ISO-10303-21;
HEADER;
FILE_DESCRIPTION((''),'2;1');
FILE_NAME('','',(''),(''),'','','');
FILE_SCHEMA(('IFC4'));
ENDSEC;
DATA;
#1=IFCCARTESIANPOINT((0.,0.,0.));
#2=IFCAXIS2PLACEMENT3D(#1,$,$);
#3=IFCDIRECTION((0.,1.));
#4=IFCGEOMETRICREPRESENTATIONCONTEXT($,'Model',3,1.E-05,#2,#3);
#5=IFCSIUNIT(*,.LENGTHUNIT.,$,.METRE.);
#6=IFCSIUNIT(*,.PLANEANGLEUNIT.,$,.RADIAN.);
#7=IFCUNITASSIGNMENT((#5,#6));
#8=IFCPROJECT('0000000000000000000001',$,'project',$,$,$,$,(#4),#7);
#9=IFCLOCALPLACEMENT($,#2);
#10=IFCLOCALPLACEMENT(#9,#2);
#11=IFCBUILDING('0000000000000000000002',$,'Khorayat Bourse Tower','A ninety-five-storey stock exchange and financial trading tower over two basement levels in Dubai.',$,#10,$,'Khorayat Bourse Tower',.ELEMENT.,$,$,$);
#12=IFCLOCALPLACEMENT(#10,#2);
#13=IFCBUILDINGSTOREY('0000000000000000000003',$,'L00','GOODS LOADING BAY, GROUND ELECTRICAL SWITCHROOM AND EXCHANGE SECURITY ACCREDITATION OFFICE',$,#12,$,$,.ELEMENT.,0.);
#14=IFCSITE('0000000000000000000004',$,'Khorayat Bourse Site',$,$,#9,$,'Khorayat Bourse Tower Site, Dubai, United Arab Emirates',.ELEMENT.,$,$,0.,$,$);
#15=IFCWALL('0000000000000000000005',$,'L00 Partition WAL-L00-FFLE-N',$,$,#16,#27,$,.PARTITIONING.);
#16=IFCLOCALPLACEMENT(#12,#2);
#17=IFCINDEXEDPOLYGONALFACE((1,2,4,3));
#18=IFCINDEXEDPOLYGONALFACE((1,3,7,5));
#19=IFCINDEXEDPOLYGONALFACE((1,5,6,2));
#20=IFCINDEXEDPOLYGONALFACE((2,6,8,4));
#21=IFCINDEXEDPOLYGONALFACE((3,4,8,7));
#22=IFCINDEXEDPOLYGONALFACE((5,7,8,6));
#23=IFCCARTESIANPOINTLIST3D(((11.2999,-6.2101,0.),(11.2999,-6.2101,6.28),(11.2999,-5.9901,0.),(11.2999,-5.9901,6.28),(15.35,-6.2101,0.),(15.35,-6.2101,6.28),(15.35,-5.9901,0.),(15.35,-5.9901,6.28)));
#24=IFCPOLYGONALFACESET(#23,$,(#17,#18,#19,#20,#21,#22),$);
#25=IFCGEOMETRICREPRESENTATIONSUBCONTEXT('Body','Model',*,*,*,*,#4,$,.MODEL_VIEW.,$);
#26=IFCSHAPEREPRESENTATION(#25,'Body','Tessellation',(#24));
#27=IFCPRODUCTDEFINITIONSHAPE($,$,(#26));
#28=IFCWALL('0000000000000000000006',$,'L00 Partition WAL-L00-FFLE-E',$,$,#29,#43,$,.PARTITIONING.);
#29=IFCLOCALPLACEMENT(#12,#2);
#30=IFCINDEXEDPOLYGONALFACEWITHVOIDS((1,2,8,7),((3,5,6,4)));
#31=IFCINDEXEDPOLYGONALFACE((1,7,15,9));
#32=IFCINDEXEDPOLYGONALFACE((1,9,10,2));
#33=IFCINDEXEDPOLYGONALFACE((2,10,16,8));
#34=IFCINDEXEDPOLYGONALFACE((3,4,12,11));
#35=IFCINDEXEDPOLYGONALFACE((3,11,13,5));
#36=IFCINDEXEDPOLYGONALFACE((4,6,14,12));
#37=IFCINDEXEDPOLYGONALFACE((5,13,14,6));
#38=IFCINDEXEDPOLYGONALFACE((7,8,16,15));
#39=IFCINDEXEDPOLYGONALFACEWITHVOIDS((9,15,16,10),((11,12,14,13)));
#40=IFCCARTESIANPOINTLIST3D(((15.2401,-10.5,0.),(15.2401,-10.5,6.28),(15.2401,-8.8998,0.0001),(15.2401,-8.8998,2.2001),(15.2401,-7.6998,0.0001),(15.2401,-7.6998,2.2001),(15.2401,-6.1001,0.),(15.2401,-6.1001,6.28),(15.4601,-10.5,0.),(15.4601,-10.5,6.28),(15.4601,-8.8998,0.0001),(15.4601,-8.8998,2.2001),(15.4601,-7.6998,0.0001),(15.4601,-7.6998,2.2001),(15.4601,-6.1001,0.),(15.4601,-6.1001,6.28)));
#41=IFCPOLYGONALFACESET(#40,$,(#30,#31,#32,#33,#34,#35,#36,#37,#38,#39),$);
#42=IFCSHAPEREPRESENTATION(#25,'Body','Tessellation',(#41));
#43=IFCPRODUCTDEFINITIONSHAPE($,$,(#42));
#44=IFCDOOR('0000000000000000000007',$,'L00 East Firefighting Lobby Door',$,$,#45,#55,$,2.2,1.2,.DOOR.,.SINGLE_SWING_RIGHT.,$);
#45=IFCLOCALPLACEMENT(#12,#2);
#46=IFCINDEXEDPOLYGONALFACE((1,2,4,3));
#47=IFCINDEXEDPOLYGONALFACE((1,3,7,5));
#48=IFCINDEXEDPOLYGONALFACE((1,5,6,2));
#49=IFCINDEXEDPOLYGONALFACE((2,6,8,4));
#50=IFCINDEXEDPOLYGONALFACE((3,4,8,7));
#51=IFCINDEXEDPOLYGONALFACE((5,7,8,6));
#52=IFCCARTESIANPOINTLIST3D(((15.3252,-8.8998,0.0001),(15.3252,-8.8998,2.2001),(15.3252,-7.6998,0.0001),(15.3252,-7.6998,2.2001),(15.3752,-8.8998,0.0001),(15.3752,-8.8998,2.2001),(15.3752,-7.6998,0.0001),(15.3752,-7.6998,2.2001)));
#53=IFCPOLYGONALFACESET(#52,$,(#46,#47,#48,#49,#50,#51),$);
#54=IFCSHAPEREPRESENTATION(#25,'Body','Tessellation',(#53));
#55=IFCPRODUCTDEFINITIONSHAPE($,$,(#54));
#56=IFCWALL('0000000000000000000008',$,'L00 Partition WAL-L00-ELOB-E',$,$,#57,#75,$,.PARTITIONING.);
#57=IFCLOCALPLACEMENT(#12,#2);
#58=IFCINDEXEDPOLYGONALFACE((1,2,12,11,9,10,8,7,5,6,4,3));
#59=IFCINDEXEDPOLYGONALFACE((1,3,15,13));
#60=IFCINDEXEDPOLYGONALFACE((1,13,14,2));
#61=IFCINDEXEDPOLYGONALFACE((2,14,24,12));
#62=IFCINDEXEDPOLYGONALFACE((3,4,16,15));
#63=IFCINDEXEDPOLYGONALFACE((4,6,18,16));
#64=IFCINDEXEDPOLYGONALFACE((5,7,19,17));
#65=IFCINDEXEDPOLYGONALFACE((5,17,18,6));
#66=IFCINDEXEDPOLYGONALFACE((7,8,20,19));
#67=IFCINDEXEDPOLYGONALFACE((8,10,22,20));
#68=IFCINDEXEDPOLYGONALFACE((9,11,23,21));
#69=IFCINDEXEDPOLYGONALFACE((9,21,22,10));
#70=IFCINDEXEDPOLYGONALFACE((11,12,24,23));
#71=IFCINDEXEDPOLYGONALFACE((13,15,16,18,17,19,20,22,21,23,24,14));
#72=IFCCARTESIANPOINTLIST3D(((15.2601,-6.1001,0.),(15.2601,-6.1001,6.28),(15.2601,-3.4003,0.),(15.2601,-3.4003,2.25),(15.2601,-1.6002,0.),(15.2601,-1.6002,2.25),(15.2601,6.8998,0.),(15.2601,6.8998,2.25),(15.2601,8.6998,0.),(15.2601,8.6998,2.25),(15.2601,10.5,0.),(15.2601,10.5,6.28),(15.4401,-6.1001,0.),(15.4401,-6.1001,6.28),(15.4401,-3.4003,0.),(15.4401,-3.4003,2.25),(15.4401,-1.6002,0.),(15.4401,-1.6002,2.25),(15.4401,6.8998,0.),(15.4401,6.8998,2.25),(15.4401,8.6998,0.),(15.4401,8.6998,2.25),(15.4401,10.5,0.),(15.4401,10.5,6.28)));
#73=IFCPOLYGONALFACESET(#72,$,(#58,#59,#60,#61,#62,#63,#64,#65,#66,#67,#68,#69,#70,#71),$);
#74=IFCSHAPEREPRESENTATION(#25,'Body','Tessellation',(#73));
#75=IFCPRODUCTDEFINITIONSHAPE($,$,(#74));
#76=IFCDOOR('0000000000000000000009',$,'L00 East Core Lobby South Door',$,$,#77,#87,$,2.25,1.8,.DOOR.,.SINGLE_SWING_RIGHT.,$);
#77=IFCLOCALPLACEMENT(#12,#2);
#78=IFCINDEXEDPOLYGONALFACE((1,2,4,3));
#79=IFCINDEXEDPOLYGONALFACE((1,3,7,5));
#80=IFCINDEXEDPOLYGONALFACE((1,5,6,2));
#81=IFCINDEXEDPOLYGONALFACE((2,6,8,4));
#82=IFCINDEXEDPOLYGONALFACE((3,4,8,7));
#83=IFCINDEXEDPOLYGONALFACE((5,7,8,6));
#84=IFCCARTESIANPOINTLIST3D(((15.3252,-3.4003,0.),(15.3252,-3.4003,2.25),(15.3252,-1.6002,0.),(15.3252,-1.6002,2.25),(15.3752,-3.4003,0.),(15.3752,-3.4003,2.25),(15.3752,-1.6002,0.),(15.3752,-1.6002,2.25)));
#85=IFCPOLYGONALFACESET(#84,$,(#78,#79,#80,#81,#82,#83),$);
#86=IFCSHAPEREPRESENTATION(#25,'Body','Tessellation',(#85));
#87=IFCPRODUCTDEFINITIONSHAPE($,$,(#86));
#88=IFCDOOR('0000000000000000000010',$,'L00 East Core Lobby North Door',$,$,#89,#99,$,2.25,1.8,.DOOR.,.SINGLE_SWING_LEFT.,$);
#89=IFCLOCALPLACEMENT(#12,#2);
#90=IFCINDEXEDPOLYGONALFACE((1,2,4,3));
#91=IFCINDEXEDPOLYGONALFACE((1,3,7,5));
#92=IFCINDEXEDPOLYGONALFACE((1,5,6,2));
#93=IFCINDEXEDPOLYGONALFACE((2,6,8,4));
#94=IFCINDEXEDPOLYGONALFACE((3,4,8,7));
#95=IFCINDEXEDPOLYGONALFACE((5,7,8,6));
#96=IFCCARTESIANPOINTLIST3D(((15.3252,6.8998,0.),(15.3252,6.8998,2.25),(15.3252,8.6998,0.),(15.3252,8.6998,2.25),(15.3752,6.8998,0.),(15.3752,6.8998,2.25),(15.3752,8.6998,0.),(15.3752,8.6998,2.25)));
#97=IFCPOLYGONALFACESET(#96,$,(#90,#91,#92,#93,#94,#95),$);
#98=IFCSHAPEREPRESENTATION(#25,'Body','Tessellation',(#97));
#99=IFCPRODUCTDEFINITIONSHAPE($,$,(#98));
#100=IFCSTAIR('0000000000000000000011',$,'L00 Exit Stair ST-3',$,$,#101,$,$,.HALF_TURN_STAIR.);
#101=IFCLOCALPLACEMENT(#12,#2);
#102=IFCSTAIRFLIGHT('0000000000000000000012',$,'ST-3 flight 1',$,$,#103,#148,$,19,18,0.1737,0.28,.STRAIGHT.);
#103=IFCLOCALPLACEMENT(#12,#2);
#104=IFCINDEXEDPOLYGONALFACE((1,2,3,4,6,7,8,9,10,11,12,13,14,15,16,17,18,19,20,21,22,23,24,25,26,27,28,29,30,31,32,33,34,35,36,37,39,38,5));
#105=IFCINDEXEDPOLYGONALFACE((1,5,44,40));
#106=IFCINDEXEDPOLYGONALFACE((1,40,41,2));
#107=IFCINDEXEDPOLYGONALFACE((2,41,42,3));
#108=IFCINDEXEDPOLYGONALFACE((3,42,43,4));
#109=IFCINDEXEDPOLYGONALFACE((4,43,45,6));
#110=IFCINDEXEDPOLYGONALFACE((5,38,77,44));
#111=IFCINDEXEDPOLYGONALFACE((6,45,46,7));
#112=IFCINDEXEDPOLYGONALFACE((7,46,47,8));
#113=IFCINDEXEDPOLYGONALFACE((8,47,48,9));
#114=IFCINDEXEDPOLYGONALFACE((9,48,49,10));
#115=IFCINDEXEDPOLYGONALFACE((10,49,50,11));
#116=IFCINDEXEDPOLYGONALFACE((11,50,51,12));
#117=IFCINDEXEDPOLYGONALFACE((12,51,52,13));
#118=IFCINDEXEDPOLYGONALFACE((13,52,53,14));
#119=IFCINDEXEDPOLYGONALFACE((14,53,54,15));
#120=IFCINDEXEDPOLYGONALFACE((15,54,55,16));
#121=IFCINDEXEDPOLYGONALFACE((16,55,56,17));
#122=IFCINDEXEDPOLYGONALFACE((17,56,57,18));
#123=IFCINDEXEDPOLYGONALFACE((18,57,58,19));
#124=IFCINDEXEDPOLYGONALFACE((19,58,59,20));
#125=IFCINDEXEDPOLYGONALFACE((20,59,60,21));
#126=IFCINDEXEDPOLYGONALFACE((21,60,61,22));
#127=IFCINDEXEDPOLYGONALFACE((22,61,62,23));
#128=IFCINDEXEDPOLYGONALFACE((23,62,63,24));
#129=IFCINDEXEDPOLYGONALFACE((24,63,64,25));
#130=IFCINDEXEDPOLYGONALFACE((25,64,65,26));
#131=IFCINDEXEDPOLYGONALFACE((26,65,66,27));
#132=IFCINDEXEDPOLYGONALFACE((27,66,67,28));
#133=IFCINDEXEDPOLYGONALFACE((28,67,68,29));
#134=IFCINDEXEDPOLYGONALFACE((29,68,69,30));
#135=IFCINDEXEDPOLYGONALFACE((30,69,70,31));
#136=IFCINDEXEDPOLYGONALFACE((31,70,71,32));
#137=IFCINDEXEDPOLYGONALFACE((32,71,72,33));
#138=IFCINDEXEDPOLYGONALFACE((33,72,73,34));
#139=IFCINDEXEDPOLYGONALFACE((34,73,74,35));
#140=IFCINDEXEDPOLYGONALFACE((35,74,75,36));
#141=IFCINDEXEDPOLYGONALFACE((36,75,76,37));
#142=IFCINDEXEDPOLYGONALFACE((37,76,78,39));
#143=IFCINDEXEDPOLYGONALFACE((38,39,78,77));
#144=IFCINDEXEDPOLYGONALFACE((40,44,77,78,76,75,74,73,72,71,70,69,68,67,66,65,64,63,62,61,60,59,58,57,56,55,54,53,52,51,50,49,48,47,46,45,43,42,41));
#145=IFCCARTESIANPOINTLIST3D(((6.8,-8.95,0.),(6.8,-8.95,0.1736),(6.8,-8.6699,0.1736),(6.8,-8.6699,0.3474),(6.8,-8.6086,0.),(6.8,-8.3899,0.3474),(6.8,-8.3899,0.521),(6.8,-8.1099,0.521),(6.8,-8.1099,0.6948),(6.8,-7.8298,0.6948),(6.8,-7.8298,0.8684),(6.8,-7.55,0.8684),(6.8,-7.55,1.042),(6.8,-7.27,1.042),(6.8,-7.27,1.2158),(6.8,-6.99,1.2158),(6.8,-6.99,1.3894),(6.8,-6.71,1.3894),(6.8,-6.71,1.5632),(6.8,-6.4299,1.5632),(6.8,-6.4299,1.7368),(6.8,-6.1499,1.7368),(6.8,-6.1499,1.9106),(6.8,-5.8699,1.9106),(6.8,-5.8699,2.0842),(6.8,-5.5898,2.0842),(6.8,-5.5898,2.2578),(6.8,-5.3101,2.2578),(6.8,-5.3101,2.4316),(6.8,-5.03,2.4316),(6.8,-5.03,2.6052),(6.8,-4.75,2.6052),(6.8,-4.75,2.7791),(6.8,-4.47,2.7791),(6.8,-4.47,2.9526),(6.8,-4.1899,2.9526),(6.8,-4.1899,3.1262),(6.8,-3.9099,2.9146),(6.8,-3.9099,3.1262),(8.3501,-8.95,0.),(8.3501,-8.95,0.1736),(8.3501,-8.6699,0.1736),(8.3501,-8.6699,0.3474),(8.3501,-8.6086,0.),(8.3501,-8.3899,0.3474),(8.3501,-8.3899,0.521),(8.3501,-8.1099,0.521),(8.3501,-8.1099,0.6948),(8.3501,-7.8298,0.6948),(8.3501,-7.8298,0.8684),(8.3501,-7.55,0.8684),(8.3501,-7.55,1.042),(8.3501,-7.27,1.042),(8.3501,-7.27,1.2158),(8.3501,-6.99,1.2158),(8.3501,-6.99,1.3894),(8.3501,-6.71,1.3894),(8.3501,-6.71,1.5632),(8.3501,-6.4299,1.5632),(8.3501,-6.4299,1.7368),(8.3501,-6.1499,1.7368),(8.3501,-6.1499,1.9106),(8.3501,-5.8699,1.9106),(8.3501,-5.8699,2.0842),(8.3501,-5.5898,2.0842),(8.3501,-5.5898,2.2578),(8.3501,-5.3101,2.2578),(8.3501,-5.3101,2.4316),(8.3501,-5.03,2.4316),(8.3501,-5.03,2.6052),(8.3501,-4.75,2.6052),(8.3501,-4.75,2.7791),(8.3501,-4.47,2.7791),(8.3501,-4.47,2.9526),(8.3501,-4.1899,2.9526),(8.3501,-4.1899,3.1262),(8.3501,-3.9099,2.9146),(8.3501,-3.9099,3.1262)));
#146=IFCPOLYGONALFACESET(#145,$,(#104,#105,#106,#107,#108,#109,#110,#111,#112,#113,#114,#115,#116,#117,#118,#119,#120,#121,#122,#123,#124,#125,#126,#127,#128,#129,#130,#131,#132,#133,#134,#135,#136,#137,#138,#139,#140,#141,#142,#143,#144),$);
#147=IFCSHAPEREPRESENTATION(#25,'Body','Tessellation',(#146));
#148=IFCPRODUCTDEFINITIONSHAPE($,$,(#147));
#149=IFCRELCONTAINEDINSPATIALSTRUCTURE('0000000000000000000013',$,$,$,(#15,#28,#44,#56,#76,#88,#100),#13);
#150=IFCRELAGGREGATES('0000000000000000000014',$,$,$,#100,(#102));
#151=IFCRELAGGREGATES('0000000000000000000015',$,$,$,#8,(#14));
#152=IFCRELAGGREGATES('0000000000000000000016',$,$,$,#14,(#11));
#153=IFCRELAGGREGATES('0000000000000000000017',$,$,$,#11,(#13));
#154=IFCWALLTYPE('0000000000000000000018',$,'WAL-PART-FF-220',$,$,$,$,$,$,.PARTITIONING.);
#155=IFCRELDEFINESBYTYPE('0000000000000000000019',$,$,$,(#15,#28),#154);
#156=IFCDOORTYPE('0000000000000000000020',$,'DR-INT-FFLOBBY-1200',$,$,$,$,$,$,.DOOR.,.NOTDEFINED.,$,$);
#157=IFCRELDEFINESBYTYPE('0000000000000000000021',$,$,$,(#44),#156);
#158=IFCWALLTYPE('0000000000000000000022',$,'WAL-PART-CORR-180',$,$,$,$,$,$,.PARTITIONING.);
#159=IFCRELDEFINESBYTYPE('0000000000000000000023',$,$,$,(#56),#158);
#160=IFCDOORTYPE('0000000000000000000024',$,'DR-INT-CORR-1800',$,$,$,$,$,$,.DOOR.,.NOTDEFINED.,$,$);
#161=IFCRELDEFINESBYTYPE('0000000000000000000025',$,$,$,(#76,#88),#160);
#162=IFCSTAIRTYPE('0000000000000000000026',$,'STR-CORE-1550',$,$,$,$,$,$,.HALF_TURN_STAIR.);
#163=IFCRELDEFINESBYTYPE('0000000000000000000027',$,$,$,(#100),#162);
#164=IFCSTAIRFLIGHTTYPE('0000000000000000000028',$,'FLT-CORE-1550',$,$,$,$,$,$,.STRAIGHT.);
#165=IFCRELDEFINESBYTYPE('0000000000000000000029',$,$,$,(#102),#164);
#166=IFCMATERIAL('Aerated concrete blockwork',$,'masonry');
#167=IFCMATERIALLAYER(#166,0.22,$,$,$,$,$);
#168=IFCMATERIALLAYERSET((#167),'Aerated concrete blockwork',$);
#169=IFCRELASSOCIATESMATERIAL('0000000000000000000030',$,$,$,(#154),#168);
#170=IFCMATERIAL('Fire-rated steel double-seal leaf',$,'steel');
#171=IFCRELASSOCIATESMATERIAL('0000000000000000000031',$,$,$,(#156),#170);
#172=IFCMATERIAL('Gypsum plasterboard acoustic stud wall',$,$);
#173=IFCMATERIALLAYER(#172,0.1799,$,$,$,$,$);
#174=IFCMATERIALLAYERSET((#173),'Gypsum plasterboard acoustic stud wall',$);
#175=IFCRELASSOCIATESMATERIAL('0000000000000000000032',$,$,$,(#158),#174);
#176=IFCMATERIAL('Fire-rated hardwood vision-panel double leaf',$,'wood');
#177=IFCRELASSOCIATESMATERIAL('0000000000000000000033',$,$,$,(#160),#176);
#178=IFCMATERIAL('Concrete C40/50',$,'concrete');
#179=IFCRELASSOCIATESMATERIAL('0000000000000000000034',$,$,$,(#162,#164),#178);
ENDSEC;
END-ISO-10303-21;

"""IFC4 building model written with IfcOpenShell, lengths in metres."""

from ifc_helpers import new_model, si_unit, direction, frame, frame_2d, origin, place, context, subcontext, project, spatial, polyline, rectangle, outline, extrude, source, transform, mapped, material, layer, layer_set, type_object, element, fill, aggregate, save


model = new_model("IFC4")

# Units and contexts
model_context = context("Model", 3, precision=1e-05, world=origin(), true_north=direction((0.0, 1.0)))
body_context = subcontext(model_context, "Body", "Model", "MODEL_VIEW")
ifc_project = project(units=[si_unit("LENGTHUNIT", "METRE"), si_unit("PLANEANGLEUNIT", "RADIAN")], contexts=[model_context])

# Site, building, storey
site_placement = place(None, origin())
site = spatial("IfcSite", under=ifc_project, at=site_placement, Name="Khorayat Bourse Site", LongName="Khorayat Bourse Tower Site, Dubai, United Arab Emirates", CompositionType="ELEMENT", RefElevation=0.0)
building_placement = place(site_placement, origin())
building = spatial("IfcBuilding", under=site, at=building_placement, Name="Khorayat Bourse Tower", Description="A ninety-five-storey stock exchange and financial trading tower over two basement levels in Dubai.", LongName="Khorayat Bourse Tower", CompositionType="ELEMENT")
storey_placement = place(building_placement, origin())
storey = spatial("IfcBuildingStorey", under=building, at=storey_placement, Name="L00", Description="GOODS LOADING BAY, GROUND ELECTRICAL SWITCHROOM AND EXCHANGE SECURITY ACCREDITATION OFFICE", CompositionType="ELEMENT", Elevation=0.0)

# Wall
ifc_material_1 = material(Name="Aerated concrete blockwork", Category="masonry")
ifc_layer_1 = layer(ifc_material_1, 0.22)
ifc_layer_set_1 = layer_set([ifc_layer_1], Name="Aerated concrete blockwork")
wall_type_1 = type_object("IfcWallType", Name="WAL-PART-FF-220", PredefinedType="PARTITIONING", material=ifc_layer_set_1)
shared_shape_1 = source(origin(), body_context, "Body", "SweptSolid", [
    extrude(rectangle(XDim=4.05, YDim=0.22, at=frame_2d((2.0249, 0.0))), origin(), (0.0, 0.0, 1.0), 6.28),
])
for number, where, z_axis, x_axis, name in (
    (1, (11.3, -6.1001, 0.0), (0.0, 0.0, 1.0), (1.0, 0.0, 0.0), "L00 Partition WAL-L00-FFLE-N"),
):
    element("IfcWall", number, at=place(storey_placement, frame(where, z_axis=z_axis, x_axis=x_axis)), inside=storey, type_object=wall_type_1, Name=name, PredefinedType="PARTITIONING", context=body_context, shape_type="MappedRepresentation", body=[
        mapped(shared_shape_1, transform((0.0, 0.0, 0.0), scale=1.0)),
    ])

# Wall, opening, door
shared_shape_2 = source(origin(), body_context, "Body", "SweptSolid", [
    extrude(rectangle(XDim=4.3999, YDim=0.22, at=frame_2d((2.2, 0.0))), origin(), (0.0, 0.0, 1.0), 6.28),
])
wall_1_placement = place(storey_placement, frame((15.3501, -10.5, 0.0), z_axis=(0.0, 0.0, 1.0), x_axis=(0.0, 1.0, 0.0)))
wall_1 = element("IfcWall", 2, at=wall_1_placement, inside=storey, type_object=wall_type_1, Name="L00 Partition WAL-L00-FFLE-E", PredefinedType="PARTITIONING", context=body_context, shape_type="MappedRepresentation", body=[
    mapped(shared_shape_2, transform((0.0, 0.0, 0.0), scale=1.0)),
])
shared_shape_3 = source(origin(), body_context, "Body", "SweptSolid", [
    extrude(rectangle(XDim=1.2, YDim=2.2, at=frame_2d((0.6001, 1.1001))), frame((0.0, 0.1199, 0.0), z_axis=(0.0, -1.0, 0.0), x_axis=(1.0, 0.0, 0.0)), (0.0, 0.0, 1.0), 0.24),
])
opening_1_placement = place(wall_1_placement, frame((1.6001, 0.0, 0.0)))
opening_1 = element("IfcOpeningElement", 3, at=opening_1_placement, cuts=wall_1, PredefinedType="OPENING", context=body_context, shape_type="MappedRepresentation", body=[
    mapped(shared_shape_3, transform((0.0, 0.0, 0.0), scale=1.0)),
])
ifc_material_2 = material(Name="Fire-rated steel double-seal leaf", Category="steel")
door_type_1 = type_object("IfcDoorType", Name="DR-INT-FFLOBBY-1200", OperationType="NOTDEFINED", PredefinedType="DOOR", material=ifc_material_2)
shared_shape_4 = source(origin(), body_context, "Body", "SweptSolid", [
    extrude(rectangle(XDim=1.2, YDim=2.2, at=frame_2d((0.6001, 1.1001))), frame((0.0, 0.0249, 0.0), z_axis=(0.0, -1.0, 0.0), x_axis=(1.0, 0.0, 0.0)), (0.0, 0.0, 1.0), 0.05),
])
door_1_placement = place(opening_1_placement, origin())
door_1 = element("IfcDoor", 4, at=door_1_placement, inside=storey, type_object=door_type_1, Name="L00 East Firefighting Lobby Door", OperationType="SINGLE_SWING_RIGHT", OverallHeight=2.2, OverallWidth=1.2, PredefinedType="DOOR", context=body_context, shape_type="MappedRepresentation", body=[
    mapped(shared_shape_4, transform((0.0, 0.0, 0.0), scale=1.0)),
])
fill(opening_1, door_1)

# Wall, openings, doors
ifc_material_3 = material(Name="Gypsum plasterboard acoustic stud wall")
ifc_layer_2 = layer(ifc_material_3, 0.1799)
ifc_layer_set_2 = layer_set([ifc_layer_2], Name="Gypsum plasterboard acoustic stud wall")
wall_type_2 = type_object("IfcWallType", Name="WAL-PART-CORR-180", PredefinedType="PARTITIONING", material=ifc_layer_set_2)
shared_shape_5 = source(origin(), body_context, "Body", "SweptSolid", [
    extrude(rectangle(XDim=16.6001, YDim=0.1799, at=frame_2d((8.3, 0.0))), origin(), (0.0, 0.0, 1.0), 6.28),
])
wall_2_placement = place(storey_placement, frame((15.3501, -6.1001, 0.0), z_axis=(0.0, 0.0, 1.0), x_axis=(0.0, 1.0, 0.0)))
wall_2 = element("IfcWall", 5, at=wall_2_placement, inside=storey, type_object=wall_type_2, Name="L00 Partition WAL-L00-ELOB-E", PredefinedType="PARTITIONING", context=body_context, shape_type="MappedRepresentation", body=[
    mapped(shared_shape_5, transform((0.0, 0.0, 0.0), scale=1.0)),
])
shared_shape_6 = source(origin(), body_context, "Body", "SweptSolid", [
    extrude(rectangle(XDim=1.8, YDim=2.25, at=frame_2d((0.8999, 1.125))), frame((0.0, 0.0999, 0.0), z_axis=(0.0, -1.0, 0.0), x_axis=(1.0, 0.0, 0.0)), (0.0, 0.0, 1.0), 0.2),
])
opening_2_placement = place(wall_2_placement, frame((2.7, 0.0, 0.0)))
opening_2 = element("IfcOpeningElement", 6, at=opening_2_placement, cuts=wall_2, PredefinedType="OPENING", context=body_context, shape_type="MappedRepresentation", body=[
    mapped(shared_shape_6, transform((0.0, 0.0, 0.0), scale=1.0)),
])
opening_3_placement = place(wall_2_placement, frame((13.0, 0.0, 0.0)))
opening_3 = element("IfcOpeningElement", 7, at=opening_3_placement, cuts=wall_2, PredefinedType="OPENING", context=body_context, shape_type="MappedRepresentation", body=[
    mapped(shared_shape_6, transform((0.0, 0.0, 0.0), scale=1.0)),
])
ifc_material_4 = material(Name="Fire-rated hardwood vision-panel double leaf", Category="wood")
door_type_2 = type_object("IfcDoorType", Name="DR-INT-CORR-1800", OperationType="NOTDEFINED", PredefinedType="DOOR", material=ifc_material_4)
shared_shape_7 = source(origin(), body_context, "Body", "SweptSolid", [
    extrude(rectangle(XDim=1.8, YDim=2.25, at=frame_2d((0.8999, 1.125))), frame((0.0, 0.0249, 0.0), z_axis=(0.0, -1.0, 0.0), x_axis=(1.0, 0.0, 0.0)), (0.0, 0.0, 1.0), 0.05),
])
door_2_placement = place(opening_2_placement, origin())
door_2 = element("IfcDoor", 8, at=door_2_placement, inside=storey, type_object=door_type_2, Name="L00 East Core Lobby South Door", OperationType="SINGLE_SWING_RIGHT", OverallHeight=2.25, OverallWidth=1.8, PredefinedType="DOOR", context=body_context, shape_type="MappedRepresentation", body=[
    mapped(shared_shape_7, transform((0.0, 0.0, 0.0), scale=1.0)),
])
fill(opening_2, door_2)
door_3_placement = place(opening_3_placement, origin())
door_3 = element("IfcDoor", 9, at=door_3_placement, inside=storey, type_object=door_type_2, Name="L00 East Core Lobby North Door", OperationType="SINGLE_SWING_LEFT", OverallHeight=2.25, OverallWidth=1.8, PredefinedType="DOOR", context=body_context, shape_type="MappedRepresentation", body=[
    mapped(shared_shape_7, transform((0.0, 0.0, 0.0), scale=1.0)),
])
fill(opening_3, door_3)

# Stair, stair flight
ifc_material_5 = material(Name="Concrete C40/50", Category="concrete")
stair_type = type_object("IfcStairType", Name="STR-CORE-1550", PredefinedType="HALF_TURN_STAIR", material=ifc_material_5)
stair_placement = place(storey_placement, origin())
stair = element("IfcStair", 10, at=stair_placement, inside=storey, type_object=stair_type, Name="L00 Exit Stair ST-3", PredefinedType="HALF_TURN_STAIR")
stair_flight_type = type_object("IfcStairFlightType", Name="FLT-CORE-1550", PredefinedType="STRAIGHT", material=ifc_material_5)
shared_shape_8 = source(origin(), body_context, "Body", "SweptSolid", [
    extrude(outline(polyline([(0.0, 0.0), (0.0, 0.1736), (0.28, 0.1736), (0.28, 0.3474), (0.5601, 0.3474), (0.5601, 0.521), (0.8401, 0.521), (0.8401, 0.6948), (1.1201, 0.6948), (1.1201, 0.8684), (1.3999, 0.8684), (1.3999, 1.042), (1.6799, 1.042), (1.6799, 1.2158), (1.96, 1.2158), (1.96, 1.3894), (2.24, 1.3894), (2.24, 1.5632), (2.52, 1.5632), (2.52, 1.7368), (2.8, 1.7368), (2.8, 1.9106), (3.0801, 1.9106), (3.0801, 2.0842), (3.3601, 2.0842), (3.3601, 2.2578), (3.6399, 2.2578), (3.6399, 2.4316), (3.9199, 2.4316), (3.9199, 2.6052), (4.2, 2.6052), (4.2, 2.7791), (4.48, 2.7791), (4.48, 2.9526), (4.76, 2.9526), (4.76, 3.1262), (5.04, 3.1262), (5.04, 3.3), (5.04, 2.9146), (0.3413, 0.0), (0.0, 0.0)])), frame((0.0, 0.7749, 0.0), z_axis=(0.0, -1.0, 0.0), x_axis=(1.0, 0.0, 0.0)), (0.0, 0.0, 1.0), 1.55),
])
stair_flight_placement = place(storey_placement, frame((7.575, -8.95, 0.0), z_axis=(0.0, 0.0, 1.0), x_axis=(0.0, 1.0, 0.0)))
stair_flight = element("IfcStairFlight", 11, at=stair_flight_placement, type_object=stair_flight_type, Name="ST-3 flight 1", NumberOfRisers=19, NumberOfTreads=18, PredefinedType="STRAIGHT", RiserHeight=0.1737, TreadLength=0.28, context=body_context, shape_type="MappedRepresentation", body=[
    mapped(shared_shape_8, transform((0.0, 0.0, 0.0), scale=1.0)),
])
aggregate(stair, [stair_flight])

save(model, "model.ifc")
